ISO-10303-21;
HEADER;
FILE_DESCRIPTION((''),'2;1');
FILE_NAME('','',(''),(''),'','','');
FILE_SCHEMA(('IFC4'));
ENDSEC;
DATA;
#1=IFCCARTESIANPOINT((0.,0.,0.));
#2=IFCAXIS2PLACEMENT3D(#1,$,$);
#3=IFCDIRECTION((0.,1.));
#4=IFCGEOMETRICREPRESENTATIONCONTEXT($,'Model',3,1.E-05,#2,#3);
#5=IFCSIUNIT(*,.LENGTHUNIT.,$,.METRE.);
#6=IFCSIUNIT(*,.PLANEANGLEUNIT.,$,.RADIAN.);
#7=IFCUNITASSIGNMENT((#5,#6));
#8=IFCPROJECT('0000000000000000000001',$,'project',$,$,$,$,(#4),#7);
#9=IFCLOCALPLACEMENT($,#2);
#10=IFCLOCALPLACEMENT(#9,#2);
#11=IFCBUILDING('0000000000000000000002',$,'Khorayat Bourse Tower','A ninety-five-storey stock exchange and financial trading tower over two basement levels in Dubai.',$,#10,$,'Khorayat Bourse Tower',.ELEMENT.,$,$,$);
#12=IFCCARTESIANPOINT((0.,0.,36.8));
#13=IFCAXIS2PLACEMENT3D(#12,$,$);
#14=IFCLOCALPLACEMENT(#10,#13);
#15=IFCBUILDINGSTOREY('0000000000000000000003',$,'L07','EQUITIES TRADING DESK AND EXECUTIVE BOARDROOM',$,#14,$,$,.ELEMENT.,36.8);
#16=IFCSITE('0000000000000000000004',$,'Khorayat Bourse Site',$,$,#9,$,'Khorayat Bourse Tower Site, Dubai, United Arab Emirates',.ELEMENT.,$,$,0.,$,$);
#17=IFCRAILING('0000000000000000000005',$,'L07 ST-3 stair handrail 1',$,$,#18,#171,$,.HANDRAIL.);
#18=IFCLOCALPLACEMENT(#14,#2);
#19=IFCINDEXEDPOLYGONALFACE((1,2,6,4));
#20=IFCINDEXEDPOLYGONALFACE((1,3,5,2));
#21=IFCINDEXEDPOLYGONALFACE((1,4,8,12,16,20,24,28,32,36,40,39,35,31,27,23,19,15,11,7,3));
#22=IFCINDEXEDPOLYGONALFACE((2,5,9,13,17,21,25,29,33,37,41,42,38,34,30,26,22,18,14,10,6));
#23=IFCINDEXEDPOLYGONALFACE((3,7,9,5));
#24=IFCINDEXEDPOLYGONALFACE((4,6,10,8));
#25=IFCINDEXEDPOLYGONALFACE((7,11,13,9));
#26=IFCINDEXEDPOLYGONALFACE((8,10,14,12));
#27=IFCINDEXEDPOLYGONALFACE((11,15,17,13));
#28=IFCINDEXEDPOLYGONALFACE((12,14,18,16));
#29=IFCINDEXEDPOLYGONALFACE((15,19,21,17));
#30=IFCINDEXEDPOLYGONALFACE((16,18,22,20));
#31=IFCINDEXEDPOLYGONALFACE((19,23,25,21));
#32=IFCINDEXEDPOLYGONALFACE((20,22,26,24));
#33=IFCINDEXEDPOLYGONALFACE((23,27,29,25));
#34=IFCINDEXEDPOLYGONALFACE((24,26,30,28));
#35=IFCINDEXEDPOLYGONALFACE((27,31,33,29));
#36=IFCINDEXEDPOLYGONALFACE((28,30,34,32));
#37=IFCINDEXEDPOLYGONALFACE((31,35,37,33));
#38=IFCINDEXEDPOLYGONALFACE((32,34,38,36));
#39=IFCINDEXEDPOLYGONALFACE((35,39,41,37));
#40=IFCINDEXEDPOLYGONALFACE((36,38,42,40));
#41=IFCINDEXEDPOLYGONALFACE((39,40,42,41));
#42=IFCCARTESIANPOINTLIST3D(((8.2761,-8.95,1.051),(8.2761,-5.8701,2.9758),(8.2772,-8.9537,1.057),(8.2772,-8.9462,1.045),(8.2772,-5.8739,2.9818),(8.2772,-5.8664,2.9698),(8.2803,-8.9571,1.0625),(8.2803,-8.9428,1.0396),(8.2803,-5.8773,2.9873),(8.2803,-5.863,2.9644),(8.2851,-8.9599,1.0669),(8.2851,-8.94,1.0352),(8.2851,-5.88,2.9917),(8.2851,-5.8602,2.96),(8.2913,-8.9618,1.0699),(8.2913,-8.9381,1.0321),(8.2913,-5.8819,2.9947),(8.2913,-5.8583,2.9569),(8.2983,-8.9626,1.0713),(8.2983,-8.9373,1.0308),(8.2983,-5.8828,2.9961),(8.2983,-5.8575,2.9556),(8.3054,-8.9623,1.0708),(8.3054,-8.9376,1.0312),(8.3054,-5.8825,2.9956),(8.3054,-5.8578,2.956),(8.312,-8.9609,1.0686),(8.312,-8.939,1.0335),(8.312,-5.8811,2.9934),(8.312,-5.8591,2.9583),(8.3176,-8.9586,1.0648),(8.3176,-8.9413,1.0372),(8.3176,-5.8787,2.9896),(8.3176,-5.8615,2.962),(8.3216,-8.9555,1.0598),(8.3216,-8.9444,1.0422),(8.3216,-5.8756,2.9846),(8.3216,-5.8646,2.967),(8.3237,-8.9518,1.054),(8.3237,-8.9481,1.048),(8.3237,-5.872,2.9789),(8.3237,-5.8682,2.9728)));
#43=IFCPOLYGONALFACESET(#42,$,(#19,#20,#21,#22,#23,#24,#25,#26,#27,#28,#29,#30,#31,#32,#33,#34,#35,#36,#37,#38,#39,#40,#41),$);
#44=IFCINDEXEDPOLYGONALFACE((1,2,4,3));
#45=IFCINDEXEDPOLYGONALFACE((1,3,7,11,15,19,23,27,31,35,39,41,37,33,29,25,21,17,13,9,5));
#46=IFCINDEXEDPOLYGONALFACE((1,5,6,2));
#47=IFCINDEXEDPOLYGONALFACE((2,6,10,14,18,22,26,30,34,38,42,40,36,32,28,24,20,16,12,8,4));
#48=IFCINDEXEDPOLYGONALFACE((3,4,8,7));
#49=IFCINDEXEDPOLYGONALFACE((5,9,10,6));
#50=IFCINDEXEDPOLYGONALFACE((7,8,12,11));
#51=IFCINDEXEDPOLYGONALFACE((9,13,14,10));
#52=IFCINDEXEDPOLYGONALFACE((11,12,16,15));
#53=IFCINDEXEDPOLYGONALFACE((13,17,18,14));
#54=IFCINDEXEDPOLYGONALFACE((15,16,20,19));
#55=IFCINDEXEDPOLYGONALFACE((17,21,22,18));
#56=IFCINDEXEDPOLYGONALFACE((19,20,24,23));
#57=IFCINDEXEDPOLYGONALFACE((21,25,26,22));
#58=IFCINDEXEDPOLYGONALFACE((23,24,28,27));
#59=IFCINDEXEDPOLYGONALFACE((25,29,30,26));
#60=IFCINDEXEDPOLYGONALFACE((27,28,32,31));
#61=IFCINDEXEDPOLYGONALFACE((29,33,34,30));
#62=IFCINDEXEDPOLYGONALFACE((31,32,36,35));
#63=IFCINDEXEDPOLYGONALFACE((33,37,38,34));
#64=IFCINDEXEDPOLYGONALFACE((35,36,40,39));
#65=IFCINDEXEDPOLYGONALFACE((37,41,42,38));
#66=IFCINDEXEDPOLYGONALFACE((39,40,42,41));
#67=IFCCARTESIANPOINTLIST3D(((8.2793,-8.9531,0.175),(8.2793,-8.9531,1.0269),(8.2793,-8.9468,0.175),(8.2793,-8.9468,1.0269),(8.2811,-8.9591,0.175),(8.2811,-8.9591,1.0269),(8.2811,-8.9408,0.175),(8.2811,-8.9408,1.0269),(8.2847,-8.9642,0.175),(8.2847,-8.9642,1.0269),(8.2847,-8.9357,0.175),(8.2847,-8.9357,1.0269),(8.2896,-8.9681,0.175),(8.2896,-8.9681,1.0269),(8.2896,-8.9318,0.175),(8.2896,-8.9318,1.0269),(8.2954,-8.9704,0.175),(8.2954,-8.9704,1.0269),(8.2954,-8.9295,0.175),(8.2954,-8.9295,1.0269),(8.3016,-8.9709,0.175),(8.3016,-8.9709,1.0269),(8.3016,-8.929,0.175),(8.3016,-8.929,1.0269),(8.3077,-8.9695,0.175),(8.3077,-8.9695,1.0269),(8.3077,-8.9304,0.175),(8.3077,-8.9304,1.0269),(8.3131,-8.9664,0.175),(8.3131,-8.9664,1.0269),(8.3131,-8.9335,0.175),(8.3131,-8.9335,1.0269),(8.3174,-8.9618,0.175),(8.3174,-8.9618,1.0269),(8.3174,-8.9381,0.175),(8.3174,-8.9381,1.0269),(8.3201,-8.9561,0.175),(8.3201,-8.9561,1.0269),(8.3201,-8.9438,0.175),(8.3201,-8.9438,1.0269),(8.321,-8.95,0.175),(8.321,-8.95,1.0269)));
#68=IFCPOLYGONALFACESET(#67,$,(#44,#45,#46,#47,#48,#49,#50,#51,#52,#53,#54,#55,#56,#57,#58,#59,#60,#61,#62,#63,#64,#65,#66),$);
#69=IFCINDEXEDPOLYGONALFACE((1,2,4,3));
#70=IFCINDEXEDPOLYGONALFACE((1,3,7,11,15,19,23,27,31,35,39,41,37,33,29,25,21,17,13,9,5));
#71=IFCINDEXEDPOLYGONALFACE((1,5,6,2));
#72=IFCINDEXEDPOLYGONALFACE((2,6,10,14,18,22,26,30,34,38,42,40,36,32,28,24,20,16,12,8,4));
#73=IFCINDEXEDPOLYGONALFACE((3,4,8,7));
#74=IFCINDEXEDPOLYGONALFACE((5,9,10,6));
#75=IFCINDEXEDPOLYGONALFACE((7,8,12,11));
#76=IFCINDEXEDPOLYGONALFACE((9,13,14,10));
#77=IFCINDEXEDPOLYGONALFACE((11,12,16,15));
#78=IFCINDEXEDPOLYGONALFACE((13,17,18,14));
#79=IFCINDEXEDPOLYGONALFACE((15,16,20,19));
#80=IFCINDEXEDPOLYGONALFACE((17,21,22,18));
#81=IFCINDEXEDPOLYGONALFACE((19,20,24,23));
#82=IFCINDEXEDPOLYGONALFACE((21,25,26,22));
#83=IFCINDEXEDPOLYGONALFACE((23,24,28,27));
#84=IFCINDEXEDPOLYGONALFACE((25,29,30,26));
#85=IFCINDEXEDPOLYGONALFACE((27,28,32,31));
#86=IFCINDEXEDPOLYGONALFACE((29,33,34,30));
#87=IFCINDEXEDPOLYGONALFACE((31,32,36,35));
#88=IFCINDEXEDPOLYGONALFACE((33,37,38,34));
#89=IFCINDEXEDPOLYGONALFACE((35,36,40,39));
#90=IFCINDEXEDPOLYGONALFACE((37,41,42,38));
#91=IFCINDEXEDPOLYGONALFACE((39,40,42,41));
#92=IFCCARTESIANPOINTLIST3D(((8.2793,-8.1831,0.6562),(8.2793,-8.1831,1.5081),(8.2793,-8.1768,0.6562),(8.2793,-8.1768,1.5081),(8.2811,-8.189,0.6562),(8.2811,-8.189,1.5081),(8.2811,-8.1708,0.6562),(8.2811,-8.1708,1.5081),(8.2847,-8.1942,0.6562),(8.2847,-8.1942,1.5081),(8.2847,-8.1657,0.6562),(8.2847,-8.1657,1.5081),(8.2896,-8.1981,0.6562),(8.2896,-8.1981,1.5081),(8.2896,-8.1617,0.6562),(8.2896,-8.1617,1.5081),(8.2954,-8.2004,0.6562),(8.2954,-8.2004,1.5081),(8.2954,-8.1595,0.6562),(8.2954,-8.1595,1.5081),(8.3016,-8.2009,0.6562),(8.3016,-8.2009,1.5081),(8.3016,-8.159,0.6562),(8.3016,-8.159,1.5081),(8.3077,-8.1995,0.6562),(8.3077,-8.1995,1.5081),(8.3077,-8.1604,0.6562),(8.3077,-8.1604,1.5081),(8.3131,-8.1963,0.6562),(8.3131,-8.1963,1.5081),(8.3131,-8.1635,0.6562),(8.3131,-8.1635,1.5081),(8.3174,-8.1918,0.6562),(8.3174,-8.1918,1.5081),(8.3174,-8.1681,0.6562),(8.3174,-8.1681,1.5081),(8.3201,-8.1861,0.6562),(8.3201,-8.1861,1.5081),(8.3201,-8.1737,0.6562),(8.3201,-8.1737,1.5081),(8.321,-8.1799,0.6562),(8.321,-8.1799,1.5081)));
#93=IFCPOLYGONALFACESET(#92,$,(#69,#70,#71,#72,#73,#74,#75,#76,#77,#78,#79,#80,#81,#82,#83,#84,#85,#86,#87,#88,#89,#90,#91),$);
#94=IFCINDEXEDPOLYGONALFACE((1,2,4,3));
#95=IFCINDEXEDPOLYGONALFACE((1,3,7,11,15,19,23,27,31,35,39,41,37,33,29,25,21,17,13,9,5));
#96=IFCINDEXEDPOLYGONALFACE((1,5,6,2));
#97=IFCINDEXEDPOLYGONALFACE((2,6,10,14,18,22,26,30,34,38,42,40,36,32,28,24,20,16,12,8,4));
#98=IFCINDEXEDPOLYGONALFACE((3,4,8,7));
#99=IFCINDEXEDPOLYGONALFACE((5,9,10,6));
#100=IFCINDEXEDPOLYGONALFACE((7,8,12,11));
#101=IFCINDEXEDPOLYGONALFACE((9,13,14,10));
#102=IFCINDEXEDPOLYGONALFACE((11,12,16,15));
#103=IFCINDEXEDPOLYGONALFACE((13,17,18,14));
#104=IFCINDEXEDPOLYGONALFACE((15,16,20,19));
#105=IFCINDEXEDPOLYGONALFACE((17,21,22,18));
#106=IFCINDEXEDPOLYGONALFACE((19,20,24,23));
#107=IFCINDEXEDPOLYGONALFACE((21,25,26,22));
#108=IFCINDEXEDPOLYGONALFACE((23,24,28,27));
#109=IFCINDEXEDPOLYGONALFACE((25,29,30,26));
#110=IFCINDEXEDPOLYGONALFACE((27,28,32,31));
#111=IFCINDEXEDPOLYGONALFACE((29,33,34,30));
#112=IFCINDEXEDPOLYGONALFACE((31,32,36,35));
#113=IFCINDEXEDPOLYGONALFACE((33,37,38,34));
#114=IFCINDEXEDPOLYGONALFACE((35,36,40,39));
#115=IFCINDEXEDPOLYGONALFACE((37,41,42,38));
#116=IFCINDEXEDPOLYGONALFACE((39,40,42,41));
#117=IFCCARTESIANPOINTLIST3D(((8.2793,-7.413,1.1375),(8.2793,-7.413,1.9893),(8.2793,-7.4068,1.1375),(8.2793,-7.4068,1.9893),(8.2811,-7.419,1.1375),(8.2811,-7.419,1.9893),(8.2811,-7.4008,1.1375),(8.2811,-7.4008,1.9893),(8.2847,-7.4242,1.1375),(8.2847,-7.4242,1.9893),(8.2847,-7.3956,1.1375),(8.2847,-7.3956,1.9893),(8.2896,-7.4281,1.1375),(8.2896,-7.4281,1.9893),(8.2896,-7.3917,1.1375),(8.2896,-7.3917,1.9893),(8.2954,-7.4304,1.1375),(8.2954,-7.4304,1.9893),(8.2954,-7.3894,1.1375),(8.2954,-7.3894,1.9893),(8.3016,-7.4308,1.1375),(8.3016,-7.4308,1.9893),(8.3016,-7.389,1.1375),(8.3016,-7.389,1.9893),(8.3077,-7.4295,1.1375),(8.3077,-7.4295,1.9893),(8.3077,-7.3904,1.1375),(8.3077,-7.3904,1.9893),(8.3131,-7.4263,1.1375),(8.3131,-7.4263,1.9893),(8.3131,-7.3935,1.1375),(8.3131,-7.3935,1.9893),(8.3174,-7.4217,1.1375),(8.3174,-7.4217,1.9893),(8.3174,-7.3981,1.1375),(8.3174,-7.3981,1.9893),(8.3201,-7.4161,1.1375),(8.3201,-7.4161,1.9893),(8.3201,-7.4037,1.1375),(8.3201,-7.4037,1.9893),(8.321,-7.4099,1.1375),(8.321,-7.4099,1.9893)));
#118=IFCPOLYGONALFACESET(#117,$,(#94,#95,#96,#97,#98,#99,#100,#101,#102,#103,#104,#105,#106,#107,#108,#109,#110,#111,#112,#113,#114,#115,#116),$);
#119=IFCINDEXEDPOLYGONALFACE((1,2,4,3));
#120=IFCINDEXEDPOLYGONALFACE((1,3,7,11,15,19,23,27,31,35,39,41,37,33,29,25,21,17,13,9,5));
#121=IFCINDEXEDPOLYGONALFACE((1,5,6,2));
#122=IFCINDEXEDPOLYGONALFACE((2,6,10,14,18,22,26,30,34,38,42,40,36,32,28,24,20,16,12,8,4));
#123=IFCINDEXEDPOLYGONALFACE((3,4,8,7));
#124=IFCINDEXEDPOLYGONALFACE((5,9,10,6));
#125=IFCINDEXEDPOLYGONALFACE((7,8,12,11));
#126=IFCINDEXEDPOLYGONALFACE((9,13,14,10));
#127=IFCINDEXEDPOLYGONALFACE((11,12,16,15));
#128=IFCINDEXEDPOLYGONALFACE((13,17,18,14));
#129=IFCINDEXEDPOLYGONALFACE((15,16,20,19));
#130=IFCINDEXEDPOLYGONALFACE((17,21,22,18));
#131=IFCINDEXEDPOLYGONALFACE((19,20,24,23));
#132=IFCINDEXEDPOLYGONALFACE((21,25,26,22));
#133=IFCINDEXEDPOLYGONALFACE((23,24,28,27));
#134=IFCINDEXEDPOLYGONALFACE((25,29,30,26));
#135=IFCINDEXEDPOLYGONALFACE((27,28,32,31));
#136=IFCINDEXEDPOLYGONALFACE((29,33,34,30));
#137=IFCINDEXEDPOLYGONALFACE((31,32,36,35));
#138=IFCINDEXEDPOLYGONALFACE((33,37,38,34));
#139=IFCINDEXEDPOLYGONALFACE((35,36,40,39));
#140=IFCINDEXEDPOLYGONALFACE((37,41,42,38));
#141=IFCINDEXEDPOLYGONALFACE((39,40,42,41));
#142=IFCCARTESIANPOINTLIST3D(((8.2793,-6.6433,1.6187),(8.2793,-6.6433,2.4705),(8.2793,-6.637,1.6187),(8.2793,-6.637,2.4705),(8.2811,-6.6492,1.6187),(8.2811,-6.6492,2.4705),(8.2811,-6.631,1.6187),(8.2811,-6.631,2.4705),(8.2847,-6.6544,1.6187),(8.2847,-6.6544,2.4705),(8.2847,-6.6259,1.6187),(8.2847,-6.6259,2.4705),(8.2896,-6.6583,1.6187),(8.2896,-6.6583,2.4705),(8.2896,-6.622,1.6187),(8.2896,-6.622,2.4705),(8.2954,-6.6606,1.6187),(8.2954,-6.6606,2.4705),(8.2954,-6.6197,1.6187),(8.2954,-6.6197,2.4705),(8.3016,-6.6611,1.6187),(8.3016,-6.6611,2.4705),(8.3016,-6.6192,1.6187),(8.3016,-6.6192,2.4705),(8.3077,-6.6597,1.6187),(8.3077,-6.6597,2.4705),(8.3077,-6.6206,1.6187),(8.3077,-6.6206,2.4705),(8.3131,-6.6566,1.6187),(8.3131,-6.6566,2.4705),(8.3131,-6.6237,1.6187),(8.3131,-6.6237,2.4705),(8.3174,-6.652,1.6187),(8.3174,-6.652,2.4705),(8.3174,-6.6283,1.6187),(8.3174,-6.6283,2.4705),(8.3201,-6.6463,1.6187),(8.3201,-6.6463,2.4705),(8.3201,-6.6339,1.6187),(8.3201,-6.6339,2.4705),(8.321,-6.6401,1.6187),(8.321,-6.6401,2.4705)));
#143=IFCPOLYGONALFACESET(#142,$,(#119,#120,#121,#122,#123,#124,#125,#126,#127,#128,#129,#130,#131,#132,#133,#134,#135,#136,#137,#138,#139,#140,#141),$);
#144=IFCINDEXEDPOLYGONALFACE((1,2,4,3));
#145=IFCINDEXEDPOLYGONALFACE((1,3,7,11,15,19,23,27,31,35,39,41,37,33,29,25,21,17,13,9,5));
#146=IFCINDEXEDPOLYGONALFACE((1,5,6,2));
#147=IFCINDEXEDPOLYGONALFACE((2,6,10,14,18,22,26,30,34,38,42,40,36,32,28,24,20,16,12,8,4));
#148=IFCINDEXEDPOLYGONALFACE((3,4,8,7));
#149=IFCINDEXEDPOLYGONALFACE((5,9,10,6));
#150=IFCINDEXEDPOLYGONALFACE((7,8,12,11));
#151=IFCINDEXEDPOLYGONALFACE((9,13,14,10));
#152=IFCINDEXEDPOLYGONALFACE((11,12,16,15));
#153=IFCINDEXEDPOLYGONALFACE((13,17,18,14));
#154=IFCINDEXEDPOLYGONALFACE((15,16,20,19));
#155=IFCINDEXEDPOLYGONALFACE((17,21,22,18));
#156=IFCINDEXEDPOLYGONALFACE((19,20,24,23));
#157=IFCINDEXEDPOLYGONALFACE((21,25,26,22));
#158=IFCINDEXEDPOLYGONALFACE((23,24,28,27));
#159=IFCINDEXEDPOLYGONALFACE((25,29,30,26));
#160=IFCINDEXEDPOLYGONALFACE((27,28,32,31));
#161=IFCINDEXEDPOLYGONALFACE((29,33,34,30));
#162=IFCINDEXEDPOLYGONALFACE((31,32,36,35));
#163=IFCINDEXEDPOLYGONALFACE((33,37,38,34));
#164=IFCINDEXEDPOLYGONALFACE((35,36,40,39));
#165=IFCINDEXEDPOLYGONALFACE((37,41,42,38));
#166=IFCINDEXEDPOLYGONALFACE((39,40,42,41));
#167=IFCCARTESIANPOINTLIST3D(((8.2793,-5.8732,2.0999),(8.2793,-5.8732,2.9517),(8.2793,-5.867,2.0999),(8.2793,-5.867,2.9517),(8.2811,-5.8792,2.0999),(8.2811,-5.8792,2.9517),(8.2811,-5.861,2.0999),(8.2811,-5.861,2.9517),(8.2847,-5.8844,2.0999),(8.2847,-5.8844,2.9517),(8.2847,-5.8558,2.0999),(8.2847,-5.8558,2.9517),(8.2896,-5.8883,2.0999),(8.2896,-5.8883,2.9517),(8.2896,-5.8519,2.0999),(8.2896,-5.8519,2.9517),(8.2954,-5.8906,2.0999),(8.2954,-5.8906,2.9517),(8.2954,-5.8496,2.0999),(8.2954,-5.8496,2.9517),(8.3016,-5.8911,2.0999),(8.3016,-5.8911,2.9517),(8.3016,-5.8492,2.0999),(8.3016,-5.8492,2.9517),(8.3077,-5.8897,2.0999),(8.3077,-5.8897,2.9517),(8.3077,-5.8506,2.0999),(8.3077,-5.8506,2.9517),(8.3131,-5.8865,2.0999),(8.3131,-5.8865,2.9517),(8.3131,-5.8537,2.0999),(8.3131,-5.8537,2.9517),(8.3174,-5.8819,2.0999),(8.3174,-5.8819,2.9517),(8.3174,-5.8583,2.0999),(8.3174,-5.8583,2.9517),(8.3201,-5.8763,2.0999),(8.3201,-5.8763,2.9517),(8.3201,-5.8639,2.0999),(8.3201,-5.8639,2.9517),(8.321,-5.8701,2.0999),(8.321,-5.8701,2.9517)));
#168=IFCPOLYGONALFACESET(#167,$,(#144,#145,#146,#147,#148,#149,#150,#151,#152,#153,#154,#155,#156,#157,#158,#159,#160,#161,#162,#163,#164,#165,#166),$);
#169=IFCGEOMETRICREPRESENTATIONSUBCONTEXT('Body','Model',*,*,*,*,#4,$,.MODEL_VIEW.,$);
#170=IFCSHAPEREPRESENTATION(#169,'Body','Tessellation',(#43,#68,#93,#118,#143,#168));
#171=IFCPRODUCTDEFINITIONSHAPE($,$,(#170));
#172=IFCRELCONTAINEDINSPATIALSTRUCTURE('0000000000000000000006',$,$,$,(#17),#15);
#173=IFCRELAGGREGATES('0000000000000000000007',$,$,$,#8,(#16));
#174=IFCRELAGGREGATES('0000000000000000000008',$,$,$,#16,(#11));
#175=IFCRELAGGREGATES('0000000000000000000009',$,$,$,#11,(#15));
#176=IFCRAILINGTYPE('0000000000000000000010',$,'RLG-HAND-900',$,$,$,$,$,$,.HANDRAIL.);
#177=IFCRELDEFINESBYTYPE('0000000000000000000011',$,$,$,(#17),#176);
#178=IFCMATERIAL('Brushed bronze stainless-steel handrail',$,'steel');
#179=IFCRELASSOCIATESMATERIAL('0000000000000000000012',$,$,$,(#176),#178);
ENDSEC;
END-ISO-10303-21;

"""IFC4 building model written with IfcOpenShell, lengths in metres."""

from ifc_helpers import new_model, si_unit, direction, frame, origin, origin_2d, place, context, subcontext, project, spatial, circle, extrude, source, transform, mapped, material, type_object, element, save


model = new_model("IFC4")

# Units and contexts
model_context = context("Model", 3, precision=1e-05, world=origin(), true_north=direction((0.0, 1.0)))
body_context = subcontext(model_context, "Body", "Model", "MODEL_VIEW")
ifc_project = project(units=[si_unit("LENGTHUNIT", "METRE"), si_unit("PLANEANGLEUNIT", "RADIAN")], contexts=[model_context])

# Site, building, storey
site_placement = place(None, origin())
site = spatial("IfcSite", under=ifc_project, at=site_placement, Name="Khorayat Bourse Site", LongName="Khorayat Bourse Tower Site, Dubai, United Arab Emirates", CompositionType="ELEMENT", RefElevation=0.0)
building_placement = place(site_placement, origin())
building = spatial("IfcBuilding", under=site, at=building_placement, Name="Khorayat Bourse Tower", Description="A ninety-five-storey stock exchange and financial trading tower over two basement levels in Dubai.", LongName="Khorayat Bourse Tower", CompositionType="ELEMENT")
storey_placement = place(building_placement, frame((0.0, 0.0, 36.8)))
storey = spatial("IfcBuildingStorey", under=building, at=storey_placement, Name="L07", Description="EQUITIES TRADING DESK AND EXECUTIVE BOARDROOM", CompositionType="ELEMENT", Elevation=36.8)

# Railing
ifc_material_1 = material(Name="Brushed bronze stainless-steel handrail", Category="steel")
railing_type_1 = type_object("IfcRailingType", Name="RLG-HAND-900", PredefinedType="HANDRAIL", material=ifc_material_1)
shared_shape_1 = source(origin(), body_context, "Body", "SweptSolid", [
    extrude(circle(Radius=0.0239, at=origin_2d()), frame((0.0, 0.0, 0.876), z_axis=(0.0, 0.84801, 0.529981), x_axis=(-1.0, 0.0, 0.0)), (0.0, 0.0, 1.0), 3.6318),
    extrude(circle(Radius=0.021, at=origin_2d()), origin(), (0.0, 0.0, 1.0), 0.8518),
    extrude(circle(Radius=0.021, at=origin_2d()), frame((0.0, 0.77, 0.4812)), (0.0, 0.0, 1.0), 0.8518),
    extrude(circle(Radius=0.021, at=origin_2d()), frame((0.0, 1.54, 0.9624)), (0.0, 0.0, 1.0), 0.8518),
    extrude(circle(Radius=0.021, at=origin_2d()), frame((0.0, 2.3098, 1.4436)), (0.0, 0.0, 1.0), 0.8518),
    extrude(circle(Radius=0.021, at=origin_2d()), frame((0.0, 3.0798, 1.9248)), (0.0, 0.0, 1.0), 0.8518),
])
railing_1_placement = place(storey_placement, frame((8.3, -8.95, 0.175)))
element("IfcRailing", 1, at=railing_1_placement, inside=storey, type_object=railing_type_1, Name="L07 ST-3 stair handrail 1", PredefinedType="HANDRAIL", context=body_context, shape_type="MappedRepresentation", body=[
    mapped(shared_shape_1, transform((0.0, 0.0, 0.0), scale=1.0)),
])

save(model, "model.ifc")
